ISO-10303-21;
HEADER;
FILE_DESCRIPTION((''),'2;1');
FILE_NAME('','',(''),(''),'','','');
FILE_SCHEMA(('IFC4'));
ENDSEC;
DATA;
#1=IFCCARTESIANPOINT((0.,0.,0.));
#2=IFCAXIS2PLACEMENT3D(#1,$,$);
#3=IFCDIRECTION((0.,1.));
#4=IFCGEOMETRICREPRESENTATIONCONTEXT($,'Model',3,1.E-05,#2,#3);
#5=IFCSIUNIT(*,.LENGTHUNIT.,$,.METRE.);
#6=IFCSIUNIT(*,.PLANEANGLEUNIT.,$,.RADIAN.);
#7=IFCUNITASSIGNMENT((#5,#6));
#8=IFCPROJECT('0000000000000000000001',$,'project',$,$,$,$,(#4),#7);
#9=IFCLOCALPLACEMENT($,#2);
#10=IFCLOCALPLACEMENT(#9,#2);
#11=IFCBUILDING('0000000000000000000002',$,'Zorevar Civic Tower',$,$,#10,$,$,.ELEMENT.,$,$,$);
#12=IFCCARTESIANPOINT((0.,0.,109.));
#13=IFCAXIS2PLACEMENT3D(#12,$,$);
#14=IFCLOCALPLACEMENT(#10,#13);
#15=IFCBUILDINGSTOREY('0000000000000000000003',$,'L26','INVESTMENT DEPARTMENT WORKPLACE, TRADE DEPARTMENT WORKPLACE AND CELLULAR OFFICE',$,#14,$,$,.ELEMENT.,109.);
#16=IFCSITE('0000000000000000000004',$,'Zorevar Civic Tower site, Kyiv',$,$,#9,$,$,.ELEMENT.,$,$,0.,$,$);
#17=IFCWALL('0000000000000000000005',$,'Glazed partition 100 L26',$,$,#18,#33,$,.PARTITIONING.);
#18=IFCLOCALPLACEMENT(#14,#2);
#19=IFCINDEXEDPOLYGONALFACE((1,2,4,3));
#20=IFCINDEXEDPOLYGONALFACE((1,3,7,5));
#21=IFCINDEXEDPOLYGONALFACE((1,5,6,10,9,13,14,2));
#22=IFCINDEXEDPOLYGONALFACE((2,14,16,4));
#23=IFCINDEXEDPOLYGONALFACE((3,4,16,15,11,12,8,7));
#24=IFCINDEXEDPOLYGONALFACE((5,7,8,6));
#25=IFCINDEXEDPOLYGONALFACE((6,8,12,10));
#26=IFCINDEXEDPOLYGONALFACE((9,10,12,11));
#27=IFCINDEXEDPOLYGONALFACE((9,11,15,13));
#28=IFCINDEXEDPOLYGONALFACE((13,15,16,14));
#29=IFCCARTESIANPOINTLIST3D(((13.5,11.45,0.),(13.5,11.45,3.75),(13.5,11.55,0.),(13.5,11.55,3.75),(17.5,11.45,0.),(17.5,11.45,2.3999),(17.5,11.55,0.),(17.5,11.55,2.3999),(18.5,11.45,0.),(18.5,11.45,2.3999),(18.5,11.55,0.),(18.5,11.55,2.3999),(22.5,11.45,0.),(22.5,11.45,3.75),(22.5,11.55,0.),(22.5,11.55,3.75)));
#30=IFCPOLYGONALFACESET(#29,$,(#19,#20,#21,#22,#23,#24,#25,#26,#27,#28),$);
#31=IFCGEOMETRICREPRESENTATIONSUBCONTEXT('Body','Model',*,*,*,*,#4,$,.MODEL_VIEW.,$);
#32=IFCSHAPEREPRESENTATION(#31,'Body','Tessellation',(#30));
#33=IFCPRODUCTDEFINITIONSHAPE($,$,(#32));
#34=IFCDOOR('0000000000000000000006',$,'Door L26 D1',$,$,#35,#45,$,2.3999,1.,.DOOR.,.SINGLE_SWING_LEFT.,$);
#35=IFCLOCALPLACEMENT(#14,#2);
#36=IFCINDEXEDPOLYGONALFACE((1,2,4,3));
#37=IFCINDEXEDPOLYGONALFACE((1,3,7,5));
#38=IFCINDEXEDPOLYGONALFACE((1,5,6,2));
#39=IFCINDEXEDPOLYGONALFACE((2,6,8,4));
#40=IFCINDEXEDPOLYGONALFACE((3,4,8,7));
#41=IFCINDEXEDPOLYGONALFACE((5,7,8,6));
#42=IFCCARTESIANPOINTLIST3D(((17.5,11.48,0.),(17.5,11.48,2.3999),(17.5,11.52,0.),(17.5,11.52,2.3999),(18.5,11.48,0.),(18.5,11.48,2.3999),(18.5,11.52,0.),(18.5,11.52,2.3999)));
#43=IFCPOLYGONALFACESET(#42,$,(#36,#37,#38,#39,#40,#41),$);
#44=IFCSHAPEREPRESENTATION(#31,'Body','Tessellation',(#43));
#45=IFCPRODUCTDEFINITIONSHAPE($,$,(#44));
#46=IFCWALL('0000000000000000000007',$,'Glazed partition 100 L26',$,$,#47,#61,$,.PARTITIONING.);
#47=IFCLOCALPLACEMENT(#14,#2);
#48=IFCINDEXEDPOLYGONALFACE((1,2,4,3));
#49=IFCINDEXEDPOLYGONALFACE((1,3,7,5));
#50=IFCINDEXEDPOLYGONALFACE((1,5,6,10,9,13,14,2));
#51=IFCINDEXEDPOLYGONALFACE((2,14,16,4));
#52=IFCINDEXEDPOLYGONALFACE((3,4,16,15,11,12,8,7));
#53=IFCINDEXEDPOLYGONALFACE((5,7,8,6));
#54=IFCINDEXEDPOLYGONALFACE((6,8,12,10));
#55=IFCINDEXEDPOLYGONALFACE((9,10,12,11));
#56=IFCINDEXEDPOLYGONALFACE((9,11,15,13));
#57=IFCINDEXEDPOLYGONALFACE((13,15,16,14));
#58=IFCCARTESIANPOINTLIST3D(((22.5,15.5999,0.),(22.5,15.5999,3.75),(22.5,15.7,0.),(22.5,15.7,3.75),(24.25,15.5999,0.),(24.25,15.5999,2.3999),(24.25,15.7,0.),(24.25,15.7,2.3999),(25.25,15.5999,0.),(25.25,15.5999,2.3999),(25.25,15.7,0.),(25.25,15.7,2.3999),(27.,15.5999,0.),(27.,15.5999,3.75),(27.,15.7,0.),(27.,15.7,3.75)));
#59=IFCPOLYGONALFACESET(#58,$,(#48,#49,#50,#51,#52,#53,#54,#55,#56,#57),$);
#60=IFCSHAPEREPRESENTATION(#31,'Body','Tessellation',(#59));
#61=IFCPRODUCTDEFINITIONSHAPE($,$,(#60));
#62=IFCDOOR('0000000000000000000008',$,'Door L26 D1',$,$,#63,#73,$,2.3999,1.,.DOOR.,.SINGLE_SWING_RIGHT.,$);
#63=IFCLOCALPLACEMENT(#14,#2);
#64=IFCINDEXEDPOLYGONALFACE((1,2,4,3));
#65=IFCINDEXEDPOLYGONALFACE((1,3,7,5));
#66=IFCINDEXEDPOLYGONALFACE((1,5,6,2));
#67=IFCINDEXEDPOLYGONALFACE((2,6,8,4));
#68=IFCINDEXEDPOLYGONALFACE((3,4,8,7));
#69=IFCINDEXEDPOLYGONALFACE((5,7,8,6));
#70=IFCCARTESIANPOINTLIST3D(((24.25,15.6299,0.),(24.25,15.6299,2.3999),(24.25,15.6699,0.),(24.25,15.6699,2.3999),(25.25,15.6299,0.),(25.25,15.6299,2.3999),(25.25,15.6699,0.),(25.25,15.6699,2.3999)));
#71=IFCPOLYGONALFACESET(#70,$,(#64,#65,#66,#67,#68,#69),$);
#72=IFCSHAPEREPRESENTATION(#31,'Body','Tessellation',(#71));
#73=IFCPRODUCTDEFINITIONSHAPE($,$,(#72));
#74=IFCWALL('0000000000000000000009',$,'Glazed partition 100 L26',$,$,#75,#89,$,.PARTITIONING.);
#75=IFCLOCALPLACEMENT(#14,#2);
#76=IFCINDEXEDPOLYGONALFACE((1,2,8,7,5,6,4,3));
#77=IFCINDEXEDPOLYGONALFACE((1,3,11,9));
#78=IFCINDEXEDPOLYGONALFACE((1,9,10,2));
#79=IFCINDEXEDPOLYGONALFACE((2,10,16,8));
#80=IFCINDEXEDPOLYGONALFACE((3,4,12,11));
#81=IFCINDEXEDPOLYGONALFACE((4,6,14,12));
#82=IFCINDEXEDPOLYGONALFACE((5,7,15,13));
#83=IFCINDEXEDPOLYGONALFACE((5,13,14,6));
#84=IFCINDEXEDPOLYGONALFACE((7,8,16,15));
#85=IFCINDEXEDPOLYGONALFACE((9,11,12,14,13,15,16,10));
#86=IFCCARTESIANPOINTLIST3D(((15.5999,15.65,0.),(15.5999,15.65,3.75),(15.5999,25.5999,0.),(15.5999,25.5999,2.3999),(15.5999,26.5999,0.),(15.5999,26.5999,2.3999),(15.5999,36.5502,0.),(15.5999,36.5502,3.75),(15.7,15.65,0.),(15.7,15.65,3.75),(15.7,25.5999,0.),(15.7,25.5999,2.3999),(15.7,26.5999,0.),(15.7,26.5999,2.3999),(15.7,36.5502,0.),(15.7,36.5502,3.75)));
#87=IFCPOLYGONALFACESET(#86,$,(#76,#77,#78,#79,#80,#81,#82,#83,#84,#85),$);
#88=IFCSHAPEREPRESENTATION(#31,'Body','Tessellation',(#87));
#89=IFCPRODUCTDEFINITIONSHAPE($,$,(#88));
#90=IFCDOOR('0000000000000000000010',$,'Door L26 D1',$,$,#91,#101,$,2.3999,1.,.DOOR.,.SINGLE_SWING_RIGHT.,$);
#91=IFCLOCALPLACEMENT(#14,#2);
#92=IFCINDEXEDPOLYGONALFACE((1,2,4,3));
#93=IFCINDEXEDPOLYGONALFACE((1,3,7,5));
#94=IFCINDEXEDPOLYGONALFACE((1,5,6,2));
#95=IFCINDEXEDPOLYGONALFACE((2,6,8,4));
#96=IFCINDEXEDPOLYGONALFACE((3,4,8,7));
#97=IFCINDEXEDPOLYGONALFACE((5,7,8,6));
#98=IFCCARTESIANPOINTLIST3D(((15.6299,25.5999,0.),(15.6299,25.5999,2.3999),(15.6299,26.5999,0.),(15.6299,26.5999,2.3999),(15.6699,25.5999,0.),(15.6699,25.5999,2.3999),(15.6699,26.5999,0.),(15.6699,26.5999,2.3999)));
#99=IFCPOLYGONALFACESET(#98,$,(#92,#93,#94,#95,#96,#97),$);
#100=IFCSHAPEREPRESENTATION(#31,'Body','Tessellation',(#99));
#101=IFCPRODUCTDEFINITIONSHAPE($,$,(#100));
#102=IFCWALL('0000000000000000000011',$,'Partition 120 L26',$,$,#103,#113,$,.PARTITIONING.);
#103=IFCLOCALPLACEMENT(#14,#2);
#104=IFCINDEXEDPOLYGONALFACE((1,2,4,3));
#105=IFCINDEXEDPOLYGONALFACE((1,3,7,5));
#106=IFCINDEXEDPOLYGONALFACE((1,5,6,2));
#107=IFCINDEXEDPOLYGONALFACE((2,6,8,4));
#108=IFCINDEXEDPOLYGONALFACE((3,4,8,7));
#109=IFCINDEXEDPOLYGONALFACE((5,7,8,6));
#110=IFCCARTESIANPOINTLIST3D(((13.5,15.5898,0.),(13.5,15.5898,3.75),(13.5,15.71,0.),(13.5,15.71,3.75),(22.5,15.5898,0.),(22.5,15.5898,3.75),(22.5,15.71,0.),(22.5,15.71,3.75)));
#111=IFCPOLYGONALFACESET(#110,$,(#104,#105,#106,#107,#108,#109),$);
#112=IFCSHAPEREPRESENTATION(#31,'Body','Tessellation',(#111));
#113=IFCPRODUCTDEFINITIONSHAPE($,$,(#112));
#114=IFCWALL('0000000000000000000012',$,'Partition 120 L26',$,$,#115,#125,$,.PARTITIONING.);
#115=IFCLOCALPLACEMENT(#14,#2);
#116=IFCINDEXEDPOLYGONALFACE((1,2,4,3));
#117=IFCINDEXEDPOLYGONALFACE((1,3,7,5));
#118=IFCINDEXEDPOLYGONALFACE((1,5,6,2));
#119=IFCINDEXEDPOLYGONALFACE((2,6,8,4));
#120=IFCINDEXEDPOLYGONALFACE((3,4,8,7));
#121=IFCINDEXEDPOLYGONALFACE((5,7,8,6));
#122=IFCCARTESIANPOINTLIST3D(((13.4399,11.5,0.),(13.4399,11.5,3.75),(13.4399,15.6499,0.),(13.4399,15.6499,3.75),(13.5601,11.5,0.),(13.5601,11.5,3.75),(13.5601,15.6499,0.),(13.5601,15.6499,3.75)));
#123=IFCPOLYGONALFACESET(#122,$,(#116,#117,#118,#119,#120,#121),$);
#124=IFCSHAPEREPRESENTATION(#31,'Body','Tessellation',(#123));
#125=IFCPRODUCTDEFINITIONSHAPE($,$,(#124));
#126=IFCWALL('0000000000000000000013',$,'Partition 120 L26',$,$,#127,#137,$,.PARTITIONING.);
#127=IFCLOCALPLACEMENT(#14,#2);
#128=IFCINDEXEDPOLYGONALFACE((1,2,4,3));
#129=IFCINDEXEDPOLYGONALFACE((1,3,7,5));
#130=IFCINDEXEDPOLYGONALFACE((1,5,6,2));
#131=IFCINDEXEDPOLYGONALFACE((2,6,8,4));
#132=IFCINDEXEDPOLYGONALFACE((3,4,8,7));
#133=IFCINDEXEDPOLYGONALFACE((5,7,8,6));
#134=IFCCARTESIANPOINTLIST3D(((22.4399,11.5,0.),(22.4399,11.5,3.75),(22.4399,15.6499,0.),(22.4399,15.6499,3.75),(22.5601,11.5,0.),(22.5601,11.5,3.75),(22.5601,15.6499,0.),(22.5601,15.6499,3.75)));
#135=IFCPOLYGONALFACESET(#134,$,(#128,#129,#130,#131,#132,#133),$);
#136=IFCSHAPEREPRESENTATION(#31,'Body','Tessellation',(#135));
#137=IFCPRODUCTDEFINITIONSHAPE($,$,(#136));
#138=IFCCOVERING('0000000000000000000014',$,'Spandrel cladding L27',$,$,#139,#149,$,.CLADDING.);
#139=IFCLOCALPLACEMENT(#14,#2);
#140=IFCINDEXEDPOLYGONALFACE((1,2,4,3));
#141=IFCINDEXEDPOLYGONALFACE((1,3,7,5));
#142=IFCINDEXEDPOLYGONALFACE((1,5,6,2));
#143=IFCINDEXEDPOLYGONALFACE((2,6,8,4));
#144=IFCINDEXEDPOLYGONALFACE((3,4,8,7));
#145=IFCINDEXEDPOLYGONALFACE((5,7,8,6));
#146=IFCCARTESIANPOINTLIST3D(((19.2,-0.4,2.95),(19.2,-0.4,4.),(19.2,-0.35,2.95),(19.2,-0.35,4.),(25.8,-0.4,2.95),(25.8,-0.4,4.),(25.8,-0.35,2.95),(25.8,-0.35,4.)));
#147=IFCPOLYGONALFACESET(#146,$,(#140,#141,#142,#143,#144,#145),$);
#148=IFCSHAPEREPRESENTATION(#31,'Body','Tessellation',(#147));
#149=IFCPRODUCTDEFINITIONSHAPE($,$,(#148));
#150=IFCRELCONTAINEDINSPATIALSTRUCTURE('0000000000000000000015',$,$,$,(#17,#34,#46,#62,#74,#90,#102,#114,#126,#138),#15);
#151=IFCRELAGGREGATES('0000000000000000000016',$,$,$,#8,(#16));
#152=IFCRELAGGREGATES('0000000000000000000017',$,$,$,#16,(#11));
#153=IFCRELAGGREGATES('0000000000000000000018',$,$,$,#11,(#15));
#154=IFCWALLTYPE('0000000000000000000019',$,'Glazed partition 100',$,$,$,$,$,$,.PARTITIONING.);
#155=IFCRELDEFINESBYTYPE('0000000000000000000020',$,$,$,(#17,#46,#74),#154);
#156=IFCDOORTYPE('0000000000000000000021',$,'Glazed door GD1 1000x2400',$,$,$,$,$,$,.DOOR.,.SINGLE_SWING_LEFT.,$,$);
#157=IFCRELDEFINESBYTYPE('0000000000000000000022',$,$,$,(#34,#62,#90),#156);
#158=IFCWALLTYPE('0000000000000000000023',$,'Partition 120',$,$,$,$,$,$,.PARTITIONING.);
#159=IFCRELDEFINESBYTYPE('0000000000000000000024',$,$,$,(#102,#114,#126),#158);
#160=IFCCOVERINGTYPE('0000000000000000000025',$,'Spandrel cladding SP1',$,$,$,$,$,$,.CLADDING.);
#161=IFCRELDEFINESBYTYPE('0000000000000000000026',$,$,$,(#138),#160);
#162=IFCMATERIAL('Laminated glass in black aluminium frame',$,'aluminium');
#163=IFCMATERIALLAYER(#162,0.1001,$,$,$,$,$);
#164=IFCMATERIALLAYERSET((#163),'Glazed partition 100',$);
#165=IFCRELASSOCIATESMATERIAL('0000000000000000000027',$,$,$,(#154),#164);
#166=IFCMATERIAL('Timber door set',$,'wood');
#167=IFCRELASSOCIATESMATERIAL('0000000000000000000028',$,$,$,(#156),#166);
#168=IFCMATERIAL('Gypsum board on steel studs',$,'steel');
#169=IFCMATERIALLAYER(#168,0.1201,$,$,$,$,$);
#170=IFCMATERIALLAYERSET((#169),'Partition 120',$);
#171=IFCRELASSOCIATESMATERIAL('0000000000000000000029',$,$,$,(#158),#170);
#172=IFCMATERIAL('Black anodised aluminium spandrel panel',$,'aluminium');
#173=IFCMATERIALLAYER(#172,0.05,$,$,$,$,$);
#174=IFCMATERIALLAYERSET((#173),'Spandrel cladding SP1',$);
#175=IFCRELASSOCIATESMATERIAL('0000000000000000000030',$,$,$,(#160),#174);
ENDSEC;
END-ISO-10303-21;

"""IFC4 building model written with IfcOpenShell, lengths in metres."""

from ifc_helpers import new_model, si_unit, direction, frame, frame_2d, origin, place, context, subcontext, project, spatial, rectangle, extrude, material, layer, layer_set, type_object, element, fill, save


model = new_model("IFC4")

# Units and contexts
model_context = context("Model", 3, precision=1e-05, world=origin(), true_north=direction((0.0, 1.0)))
body_context = subcontext(model_context, "Body", "Model", "MODEL_VIEW")
ifc_project = project(units=[si_unit("LENGTHUNIT", "METRE"), si_unit("PLANEANGLEUNIT", "RADIAN")], contexts=[model_context])

# Site, building, storey
site_placement = place(None, origin())
site = spatial("IfcSite", under=ifc_project, at=site_placement, Name="Zorevar Civic Tower site, Kyiv", CompositionType="ELEMENT", RefElevation=0.0)
building_placement = place(site_placement, origin())
building = spatial("IfcBuilding", under=site, at=building_placement, Name="Zorevar Civic Tower", CompositionType="ELEMENT")
storey_placement = place(building_placement, frame((0.0, 0.0, 109.0)))
storey = spatial("IfcBuildingStorey", under=building, at=storey_placement, Name="L26", Description="INVESTMENT DEPARTMENT WORKPLACE, TRADE DEPARTMENT WORKPLACE AND CELLULAR OFFICE", CompositionType="ELEMENT", Elevation=109.0)

# Walls, openings, doors
ifc_material_1 = material(Name="Laminated glass in black aluminium frame", Category="aluminium")
ifc_layer_1 = layer(ifc_material_1, 0.1001)
ifc_layer_set_1 = layer_set([ifc_layer_1], Name="Glazed partition 100")
wall_type_1 = type_object("IfcWallType", Name="Glazed partition 100", PredefinedType="PARTITIONING", material=ifc_layer_set_1)
wall_1_placement = place(storey_placement, frame((13.5, 11.5, 0.0), z_axis=(0.0, 0.0, 1.0), x_axis=(1.0, 0.0, 0.0)))
wall_1 = element("IfcWall", 1, at=wall_1_placement, inside=storey, type_object=wall_type_1, Name="Glazed partition 100 L26", PredefinedType="PARTITIONING", context=body_context, shape_type="SweptSolid", body=[
    extrude(rectangle(XDim=9.0, YDim=0.1001, at=frame_2d((4.5, 0.0))), origin(), (0.0, 0.0, 1.0), 3.75),
])
opening_1_placement = place(wall_1_placement, frame((4.0, 0.0, 0.0)))
opening_1 = element("IfcOpeningElement", 2, at=opening_1_placement, cuts=wall_1, PredefinedType="OPENING", context=body_context, shape_type="SweptSolid", body=[
    extrude(rectangle(XDim=1.0, YDim=2.3999, at=frame_2d((0.5, 1.2))), frame((0.0, 0.0601, 0.0), z_axis=(0.0, -1.0, 0.0), x_axis=(1.0, 0.0, 0.0)), (0.0, 0.0, 1.0), 0.1201),
])
ifc_material_2 = material(Name="Timber door set", Category="wood")
door_type = type_object("IfcDoorType", Name="Glazed door GD1 1000x2400", OperationType="SINGLE_SWING_LEFT", PredefinedType="DOOR", material=ifc_material_2)
door_1_placement = place(opening_1_placement, origin())
door_1 = element("IfcDoor", 3, at=door_1_placement, inside=storey, type_object=door_type, Name="Door L26 D1", OperationType="SINGLE_SWING_LEFT", OverallHeight=2.3999, OverallWidth=1.0, PredefinedType="DOOR", context=body_context, shape_type="SweptSolid", body=[
    extrude(rectangle(XDim=1.0, YDim=2.3999, at=frame_2d((0.5, 1.2))), frame((0.0, 0.02, 0.0), z_axis=(0.0, -1.0, 0.0), x_axis=(1.0, 0.0, 0.0)), (0.0, 0.0, 1.0), 0.04),
])
fill(opening_1, door_1)
wall_2_placement = place(storey_placement, frame((22.5, 15.6499, 0.0), z_axis=(0.0, 0.0, 1.0), x_axis=(1.0, 0.0, 0.0)))
wall_2 = element("IfcWall", 4, at=wall_2_placement, inside=storey, type_object=wall_type_1, Name="Glazed partition 100 L26", PredefinedType="PARTITIONING", context=body_context, shape_type="SweptSolid", body=[
    extrude(rectangle(XDim=4.5, YDim=0.1001, at=frame_2d((2.25, 0.0))), origin(), (0.0, 0.0, 1.0), 3.75),
])
opening_2_placement = place(wall_2_placement, frame((1.75, 0.0, 0.0)))
opening_2 = element("IfcOpeningElement", 5, at=opening_2_placement, cuts=wall_2, PredefinedType="OPENING", context=body_context, shape_type="SweptSolid", body=[
    extrude(rectangle(XDim=1.0, YDim=2.3999, at=frame_2d((0.5, 1.2))), frame((0.0, 0.0601, 0.0), z_axis=(0.0, -1.0, 0.0), x_axis=(1.0, 0.0, 0.0)), (0.0, 0.0, 1.0), 0.1201),
])
door_2_placement = place(opening_2_placement, origin())
door_2 = element("IfcDoor", 6, at=door_2_placement, inside=storey, type_object=door_type, Name="Door L26 D1", OperationType="SINGLE_SWING_RIGHT", OverallHeight=2.3999, OverallWidth=1.0, PredefinedType="DOOR", context=body_context, shape_type="SweptSolid", body=[
    extrude(rectangle(XDim=1.0, YDim=2.3999, at=frame_2d((0.5, 1.2))), frame((0.0, 0.02, 0.0), z_axis=(0.0, -1.0, 0.0), x_axis=(1.0, 0.0, 0.0)), (0.0, 0.0, 1.0), 0.04),
])
fill(opening_2, door_2)
wall_3_placement = place(storey_placement, frame((15.6499, 15.6499, 0.0), z_axis=(0.0, 0.0, 1.0), x_axis=(0.0, 1.0, 0.0)))
wall_3 = element("IfcWall", 7, at=wall_3_placement, inside=storey, type_object=wall_type_1, Name="Glazed partition 100 L26", PredefinedType="PARTITIONING", context=body_context, shape_type="SweptSolid", body=[
    extrude(rectangle(XDim=20.9001, YDim=0.1001, at=frame_2d((10.4502, 0.0))), origin(), (0.0, 0.0, 1.0), 3.75),
])
opening_3_placement = place(wall_3_placement, frame((9.95, 0.0, 0.0)))
opening_3 = element("IfcOpeningElement", 8, at=opening_3_placement, cuts=wall_3, PredefinedType="OPENING", context=body_context, shape_type="SweptSolid", body=[
    extrude(rectangle(XDim=1.0, YDim=2.3999, at=frame_2d((0.5, 1.2))), frame((0.0, 0.0601, 0.0), z_axis=(0.0, -1.0, 0.0), x_axis=(1.0, 0.0, 0.0)), (0.0, 0.0, 1.0), 0.1201),
])
door_3_placement = place(opening_3_placement, origin())
door_3 = element("IfcDoor", 9, at=door_3_placement, inside=storey, type_object=door_type, Name="Door L26 D1", OperationType="SINGLE_SWING_RIGHT", OverallHeight=2.3999, OverallWidth=1.0, PredefinedType="DOOR", context=body_context, shape_type="SweptSolid", body=[
    extrude(rectangle(XDim=1.0, YDim=2.3999, at=frame_2d((0.5, 1.2))), frame((0.0, 0.02, 0.0), z_axis=(0.0, -1.0, 0.0), x_axis=(1.0, 0.0, 0.0)), (0.0, 0.0, 1.0), 0.04),
])
fill(opening_3, door_3)

# Walls
ifc_material_3 = material(Name="Gypsum board on steel studs", Category="steel")
ifc_layer_2 = layer(ifc_material_3, 0.1201)
ifc_layer_set_2 = layer_set([ifc_layer_2], Name="Partition 120")
wall_type_2 = type_object("IfcWallType", Name="Partition 120", PredefinedType="PARTITIONING", material=ifc_layer_set_2)
wall_4_placement = place(storey_placement, frame((13.5, 15.6499, 0.0), z_axis=(0.0, 0.0, 1.0), x_axis=(1.0, 0.0, 0.0)))
element("IfcWall", 10, at=wall_4_placement, inside=storey, type_object=wall_type_2, Name="Partition 120 L26", PredefinedType="PARTITIONING", context=body_context, shape_type="SweptSolid", body=[
    extrude(rectangle(XDim=9.0, YDim=0.1201, at=frame_2d((4.5, 0.0))), origin(), (0.0, 0.0, 1.0), 3.75),
])
for number, where, z_axis, x_axis, name in (
    (11, (13.5, 11.5, 0.0), (0.0, 0.0, 1.0), (0.0, 1.0, 0.0), "Partition 120 L26"),
    (12, (22.5, 11.5, 0.0), (0.0, 0.0, 1.0), (0.0, 1.0, 0.0), "Partition 120 L26"),
):
    element("IfcWall", number, at=place(storey_placement, frame(where, z_axis=z_axis, x_axis=x_axis)), inside=storey, type_object=wall_type_2, Name=name, PredefinedType="PARTITIONING", context=body_context, shape_type="SweptSolid", body=[
        extrude(rectangle(XDim=4.1499, YDim=0.1201, at=frame_2d((2.075, 0.0))), origin(), (0.0, 0.0, 1.0), 3.75),
    ])

# Covering
ifc_material_4 = material(Name="Black anodised aluminium spandrel panel", Category="aluminium")
ifc_layer_3 = layer(ifc_material_4, 0.05)
ifc_layer_set_3 = layer_set([ifc_layer_3], Name="Spandrel cladding SP1")
covering_type = type_object("IfcCoveringType", Name="Spandrel cladding SP1", PredefinedType="CLADDING", material=ifc_layer_set_3)
covering_placement = place(storey_placement, frame((19.2, -0.375, 2.95), z_axis=(0.0, 0.0, 1.0), x_axis=(1.0, 0.0, 0.0)))
element("IfcCovering", 13, at=covering_placement, inside=storey, type_object=covering_type, Name="Spandrel cladding L27", PredefinedType="CLADDING", context=body_context, shape_type="SweptSolid", body=[
    extrude(rectangle(XDim=6.6001, YDim=0.05, at=frame_2d((3.3, 0.0))), origin(), (0.0, 0.0, 1.0), 1.05),
])

save(model, "model.ifc")
